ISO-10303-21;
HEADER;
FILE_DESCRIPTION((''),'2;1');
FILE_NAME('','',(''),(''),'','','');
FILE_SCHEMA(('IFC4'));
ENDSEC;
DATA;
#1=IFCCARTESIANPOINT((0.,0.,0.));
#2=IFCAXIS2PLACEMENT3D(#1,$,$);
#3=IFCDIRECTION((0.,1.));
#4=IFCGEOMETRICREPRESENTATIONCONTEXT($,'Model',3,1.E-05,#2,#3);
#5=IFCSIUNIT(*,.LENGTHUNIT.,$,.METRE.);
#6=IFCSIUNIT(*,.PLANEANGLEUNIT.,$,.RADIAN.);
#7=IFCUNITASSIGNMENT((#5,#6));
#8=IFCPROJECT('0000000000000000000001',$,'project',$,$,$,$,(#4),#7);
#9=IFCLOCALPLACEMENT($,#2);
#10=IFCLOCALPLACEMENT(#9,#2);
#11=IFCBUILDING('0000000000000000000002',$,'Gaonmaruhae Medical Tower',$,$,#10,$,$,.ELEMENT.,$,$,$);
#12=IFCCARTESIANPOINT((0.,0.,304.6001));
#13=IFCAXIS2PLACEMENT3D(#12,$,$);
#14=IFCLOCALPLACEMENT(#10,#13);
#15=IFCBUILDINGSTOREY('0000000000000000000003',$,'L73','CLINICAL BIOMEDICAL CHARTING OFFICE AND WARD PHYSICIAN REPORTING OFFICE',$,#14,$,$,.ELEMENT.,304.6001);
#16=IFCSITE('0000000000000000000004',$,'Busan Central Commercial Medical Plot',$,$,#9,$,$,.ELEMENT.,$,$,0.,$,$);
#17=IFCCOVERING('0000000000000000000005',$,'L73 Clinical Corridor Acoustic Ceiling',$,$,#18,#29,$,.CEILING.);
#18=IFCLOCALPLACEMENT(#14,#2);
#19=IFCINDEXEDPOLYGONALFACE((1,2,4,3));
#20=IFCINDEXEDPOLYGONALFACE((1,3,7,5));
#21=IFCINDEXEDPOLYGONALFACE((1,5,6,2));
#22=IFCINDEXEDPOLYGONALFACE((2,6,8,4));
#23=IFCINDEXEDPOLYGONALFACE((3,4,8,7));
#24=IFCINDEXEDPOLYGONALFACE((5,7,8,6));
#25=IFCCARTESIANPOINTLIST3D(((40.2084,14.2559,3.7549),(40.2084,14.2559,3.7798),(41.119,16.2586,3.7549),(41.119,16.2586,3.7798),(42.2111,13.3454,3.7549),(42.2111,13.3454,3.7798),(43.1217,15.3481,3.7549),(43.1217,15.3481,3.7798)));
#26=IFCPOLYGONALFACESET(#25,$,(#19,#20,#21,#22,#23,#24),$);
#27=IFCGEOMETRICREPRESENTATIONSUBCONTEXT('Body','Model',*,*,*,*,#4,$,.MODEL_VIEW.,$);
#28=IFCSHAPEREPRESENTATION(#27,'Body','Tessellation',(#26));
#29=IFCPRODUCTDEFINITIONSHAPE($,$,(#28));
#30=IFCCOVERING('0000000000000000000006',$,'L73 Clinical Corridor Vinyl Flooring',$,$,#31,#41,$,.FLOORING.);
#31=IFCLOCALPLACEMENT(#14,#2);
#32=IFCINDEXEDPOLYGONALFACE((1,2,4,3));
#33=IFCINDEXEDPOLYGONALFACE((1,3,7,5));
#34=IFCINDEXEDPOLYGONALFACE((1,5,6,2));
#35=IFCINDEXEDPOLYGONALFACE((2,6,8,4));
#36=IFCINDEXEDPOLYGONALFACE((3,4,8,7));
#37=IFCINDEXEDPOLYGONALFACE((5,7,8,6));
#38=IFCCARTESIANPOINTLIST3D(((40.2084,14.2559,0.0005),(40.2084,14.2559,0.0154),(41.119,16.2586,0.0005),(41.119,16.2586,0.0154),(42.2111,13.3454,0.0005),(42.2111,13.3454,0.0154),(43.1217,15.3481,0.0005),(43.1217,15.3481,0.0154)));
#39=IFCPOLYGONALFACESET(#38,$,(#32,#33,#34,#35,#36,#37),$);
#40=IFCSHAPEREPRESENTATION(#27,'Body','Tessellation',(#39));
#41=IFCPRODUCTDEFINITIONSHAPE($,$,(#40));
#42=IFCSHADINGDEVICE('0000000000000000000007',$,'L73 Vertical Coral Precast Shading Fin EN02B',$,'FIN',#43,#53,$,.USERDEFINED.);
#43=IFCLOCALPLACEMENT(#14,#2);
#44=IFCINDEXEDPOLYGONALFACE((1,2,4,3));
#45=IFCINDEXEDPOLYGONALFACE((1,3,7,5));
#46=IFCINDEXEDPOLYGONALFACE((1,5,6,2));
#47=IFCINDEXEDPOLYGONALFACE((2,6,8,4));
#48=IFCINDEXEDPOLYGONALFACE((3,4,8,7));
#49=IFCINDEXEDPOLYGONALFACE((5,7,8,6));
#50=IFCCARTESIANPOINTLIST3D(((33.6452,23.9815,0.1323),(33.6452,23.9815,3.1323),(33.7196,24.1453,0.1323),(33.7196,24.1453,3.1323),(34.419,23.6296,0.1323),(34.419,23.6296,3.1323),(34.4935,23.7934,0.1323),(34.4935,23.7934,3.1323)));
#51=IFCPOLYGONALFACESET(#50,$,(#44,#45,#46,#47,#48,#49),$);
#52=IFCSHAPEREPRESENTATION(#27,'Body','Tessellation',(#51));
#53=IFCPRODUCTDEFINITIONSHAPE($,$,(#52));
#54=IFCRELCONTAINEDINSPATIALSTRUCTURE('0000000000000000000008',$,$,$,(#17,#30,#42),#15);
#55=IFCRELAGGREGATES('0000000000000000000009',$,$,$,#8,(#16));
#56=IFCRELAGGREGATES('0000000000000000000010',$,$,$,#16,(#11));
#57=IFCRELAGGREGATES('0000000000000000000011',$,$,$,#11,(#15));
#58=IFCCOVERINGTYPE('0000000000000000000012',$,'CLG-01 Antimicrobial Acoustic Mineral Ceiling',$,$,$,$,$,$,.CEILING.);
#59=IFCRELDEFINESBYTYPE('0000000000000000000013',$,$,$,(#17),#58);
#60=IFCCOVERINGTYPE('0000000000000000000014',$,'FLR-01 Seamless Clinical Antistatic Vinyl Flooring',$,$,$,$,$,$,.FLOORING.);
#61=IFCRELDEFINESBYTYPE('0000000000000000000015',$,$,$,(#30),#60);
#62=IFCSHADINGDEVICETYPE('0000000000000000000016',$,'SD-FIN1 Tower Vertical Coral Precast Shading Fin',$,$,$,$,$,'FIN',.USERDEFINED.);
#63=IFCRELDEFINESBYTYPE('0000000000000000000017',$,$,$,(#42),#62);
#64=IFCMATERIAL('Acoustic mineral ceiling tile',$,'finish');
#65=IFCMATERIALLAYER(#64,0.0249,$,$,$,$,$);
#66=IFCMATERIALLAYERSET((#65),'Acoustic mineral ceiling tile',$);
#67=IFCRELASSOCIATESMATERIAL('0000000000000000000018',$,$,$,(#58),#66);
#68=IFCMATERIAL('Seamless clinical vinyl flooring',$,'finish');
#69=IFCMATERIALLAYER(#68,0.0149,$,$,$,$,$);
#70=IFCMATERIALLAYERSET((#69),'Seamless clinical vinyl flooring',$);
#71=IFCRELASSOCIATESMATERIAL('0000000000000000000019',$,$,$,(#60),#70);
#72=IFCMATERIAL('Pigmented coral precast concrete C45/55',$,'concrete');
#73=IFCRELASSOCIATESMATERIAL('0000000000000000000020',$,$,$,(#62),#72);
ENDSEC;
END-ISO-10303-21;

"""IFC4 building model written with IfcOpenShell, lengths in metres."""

from ifc_helpers import new_model, si_unit, direction, frame, origin, origin_2d, place, context, subcontext, project, spatial, rectangle, extrude, material, layer, layer_set, type_object, element, save


model = new_model("IFC4")

# Units and contexts
model_context = context("Model", 3, precision=1e-05, world=origin(), true_north=direction((0.0, 1.0)))
body_context = subcontext(model_context, "Body", "Model", "MODEL_VIEW")
ifc_project = project(units=[si_unit("LENGTHUNIT", "METRE"), si_unit("PLANEANGLEUNIT", "RADIAN")], contexts=[model_context])

# Site, building, storey
site_placement = place(None, origin())
site = spatial("IfcSite", under=ifc_project, at=site_placement, Name="Busan Central Commercial Medical Plot", CompositionType="ELEMENT", RefElevation=0.0)
building_placement = place(site_placement, origin())
building = spatial("IfcBuilding", under=site, at=building_placement, Name="Gaonmaruhae Medical Tower", CompositionType="ELEMENT")
storey_placement = place(building_placement, frame((0.0, 0.0, 304.6001)))
storey = spatial("IfcBuildingStorey", under=building, at=storey_placement, Name="L73", Description="CLINICAL BIOMEDICAL CHARTING OFFICE AND WARD PHYSICIAN REPORTING OFFICE", CompositionType="ELEMENT", Elevation=304.6001)

# Coverings
ifc_material_1 = material(Name="Acoustic mineral ceiling tile", Category="finish")
ifc_layer_1 = layer(ifc_material_1, 0.0249)
ifc_layer_set_1 = layer_set([ifc_layer_1], Name="Acoustic mineral ceiling tile")
covering_type_1 = type_object("IfcCoveringType", Name="CLG-01 Antimicrobial Acoustic Mineral Ceiling", PredefinedType="CEILING", material=ifc_layer_set_1)
covering_1_placement = place(storey_placement, frame((41.665, 14.802, 3.7549), z_axis=(0.0, 0.0, 1.0), x_axis=(0.413899, 0.910323, 0.0)))
element("IfcCovering", 1, at=covering_1_placement, inside=storey, type_object=covering_type_1, Name="L73 Clinical Corridor Acoustic Ceiling", PredefinedType="CEILING", context=body_context, shape_type="SweptSolid", body=[
    extrude(rectangle(XDim=2.2, YDim=2.2, at=origin_2d()), origin(), (0.0, 0.0, 1.0), 0.0249),
])
ifc_material_2 = material(Name="Seamless clinical vinyl flooring", Category="finish")
ifc_layer_2 = layer(ifc_material_2, 0.0149)
ifc_layer_set_2 = layer_set([ifc_layer_2], Name="Seamless clinical vinyl flooring")
covering_type_2 = type_object("IfcCoveringType", Name="FLR-01 Seamless Clinical Antistatic Vinyl Flooring", PredefinedType="FLOORING", material=ifc_layer_set_2)
covering_2_placement = place(storey_placement, frame((41.665, 14.802, 0.0005), z_axis=(0.0, 0.0, 1.0), x_axis=(0.413899, 0.910323, 0.0)))
element("IfcCovering", 2, at=covering_2_placement, inside=storey, type_object=covering_type_2, Name="L73 Clinical Corridor Vinyl Flooring", PredefinedType="FLOORING", context=body_context, shape_type="SweptSolid", body=[
    extrude(rectangle(XDim=2.2, YDim=2.2, at=origin_2d()), origin(), (0.0, 0.0, 1.0), 0.0149),
])

# Shading device
ifc_material_3 = material(Name="Pigmented coral precast concrete C45/55", Category="concrete")
shading_device_type = type_object("IfcShadingDeviceType", Name="SD-FIN1 Tower Vertical Coral Precast Shading Fin", ElementType="FIN", PredefinedType="USERDEFINED", material=ifc_material_3)
shading_device_placement = place(storey_placement, frame((34.0693, 23.8875, 0.1323), z_axis=(0.0, 0.0, 1.0), x_axis=(0.413899, 0.910323, 0.0)))
element("IfcShadingDevice", 3, at=shading_device_placement, inside=storey, type_object=shading_device_type, Name="L73 Vertical Coral Precast Shading Fin EN02B", ObjectType="FIN", PredefinedType="USERDEFINED", context=body_context, shape_type="SweptSolid", body=[
    extrude(rectangle(XDim=0.1799, YDim=0.8501, at=origin_2d()), origin(), (0.0, 0.0, 1.0), 3.0),
])

save(model, "model.ifc")
